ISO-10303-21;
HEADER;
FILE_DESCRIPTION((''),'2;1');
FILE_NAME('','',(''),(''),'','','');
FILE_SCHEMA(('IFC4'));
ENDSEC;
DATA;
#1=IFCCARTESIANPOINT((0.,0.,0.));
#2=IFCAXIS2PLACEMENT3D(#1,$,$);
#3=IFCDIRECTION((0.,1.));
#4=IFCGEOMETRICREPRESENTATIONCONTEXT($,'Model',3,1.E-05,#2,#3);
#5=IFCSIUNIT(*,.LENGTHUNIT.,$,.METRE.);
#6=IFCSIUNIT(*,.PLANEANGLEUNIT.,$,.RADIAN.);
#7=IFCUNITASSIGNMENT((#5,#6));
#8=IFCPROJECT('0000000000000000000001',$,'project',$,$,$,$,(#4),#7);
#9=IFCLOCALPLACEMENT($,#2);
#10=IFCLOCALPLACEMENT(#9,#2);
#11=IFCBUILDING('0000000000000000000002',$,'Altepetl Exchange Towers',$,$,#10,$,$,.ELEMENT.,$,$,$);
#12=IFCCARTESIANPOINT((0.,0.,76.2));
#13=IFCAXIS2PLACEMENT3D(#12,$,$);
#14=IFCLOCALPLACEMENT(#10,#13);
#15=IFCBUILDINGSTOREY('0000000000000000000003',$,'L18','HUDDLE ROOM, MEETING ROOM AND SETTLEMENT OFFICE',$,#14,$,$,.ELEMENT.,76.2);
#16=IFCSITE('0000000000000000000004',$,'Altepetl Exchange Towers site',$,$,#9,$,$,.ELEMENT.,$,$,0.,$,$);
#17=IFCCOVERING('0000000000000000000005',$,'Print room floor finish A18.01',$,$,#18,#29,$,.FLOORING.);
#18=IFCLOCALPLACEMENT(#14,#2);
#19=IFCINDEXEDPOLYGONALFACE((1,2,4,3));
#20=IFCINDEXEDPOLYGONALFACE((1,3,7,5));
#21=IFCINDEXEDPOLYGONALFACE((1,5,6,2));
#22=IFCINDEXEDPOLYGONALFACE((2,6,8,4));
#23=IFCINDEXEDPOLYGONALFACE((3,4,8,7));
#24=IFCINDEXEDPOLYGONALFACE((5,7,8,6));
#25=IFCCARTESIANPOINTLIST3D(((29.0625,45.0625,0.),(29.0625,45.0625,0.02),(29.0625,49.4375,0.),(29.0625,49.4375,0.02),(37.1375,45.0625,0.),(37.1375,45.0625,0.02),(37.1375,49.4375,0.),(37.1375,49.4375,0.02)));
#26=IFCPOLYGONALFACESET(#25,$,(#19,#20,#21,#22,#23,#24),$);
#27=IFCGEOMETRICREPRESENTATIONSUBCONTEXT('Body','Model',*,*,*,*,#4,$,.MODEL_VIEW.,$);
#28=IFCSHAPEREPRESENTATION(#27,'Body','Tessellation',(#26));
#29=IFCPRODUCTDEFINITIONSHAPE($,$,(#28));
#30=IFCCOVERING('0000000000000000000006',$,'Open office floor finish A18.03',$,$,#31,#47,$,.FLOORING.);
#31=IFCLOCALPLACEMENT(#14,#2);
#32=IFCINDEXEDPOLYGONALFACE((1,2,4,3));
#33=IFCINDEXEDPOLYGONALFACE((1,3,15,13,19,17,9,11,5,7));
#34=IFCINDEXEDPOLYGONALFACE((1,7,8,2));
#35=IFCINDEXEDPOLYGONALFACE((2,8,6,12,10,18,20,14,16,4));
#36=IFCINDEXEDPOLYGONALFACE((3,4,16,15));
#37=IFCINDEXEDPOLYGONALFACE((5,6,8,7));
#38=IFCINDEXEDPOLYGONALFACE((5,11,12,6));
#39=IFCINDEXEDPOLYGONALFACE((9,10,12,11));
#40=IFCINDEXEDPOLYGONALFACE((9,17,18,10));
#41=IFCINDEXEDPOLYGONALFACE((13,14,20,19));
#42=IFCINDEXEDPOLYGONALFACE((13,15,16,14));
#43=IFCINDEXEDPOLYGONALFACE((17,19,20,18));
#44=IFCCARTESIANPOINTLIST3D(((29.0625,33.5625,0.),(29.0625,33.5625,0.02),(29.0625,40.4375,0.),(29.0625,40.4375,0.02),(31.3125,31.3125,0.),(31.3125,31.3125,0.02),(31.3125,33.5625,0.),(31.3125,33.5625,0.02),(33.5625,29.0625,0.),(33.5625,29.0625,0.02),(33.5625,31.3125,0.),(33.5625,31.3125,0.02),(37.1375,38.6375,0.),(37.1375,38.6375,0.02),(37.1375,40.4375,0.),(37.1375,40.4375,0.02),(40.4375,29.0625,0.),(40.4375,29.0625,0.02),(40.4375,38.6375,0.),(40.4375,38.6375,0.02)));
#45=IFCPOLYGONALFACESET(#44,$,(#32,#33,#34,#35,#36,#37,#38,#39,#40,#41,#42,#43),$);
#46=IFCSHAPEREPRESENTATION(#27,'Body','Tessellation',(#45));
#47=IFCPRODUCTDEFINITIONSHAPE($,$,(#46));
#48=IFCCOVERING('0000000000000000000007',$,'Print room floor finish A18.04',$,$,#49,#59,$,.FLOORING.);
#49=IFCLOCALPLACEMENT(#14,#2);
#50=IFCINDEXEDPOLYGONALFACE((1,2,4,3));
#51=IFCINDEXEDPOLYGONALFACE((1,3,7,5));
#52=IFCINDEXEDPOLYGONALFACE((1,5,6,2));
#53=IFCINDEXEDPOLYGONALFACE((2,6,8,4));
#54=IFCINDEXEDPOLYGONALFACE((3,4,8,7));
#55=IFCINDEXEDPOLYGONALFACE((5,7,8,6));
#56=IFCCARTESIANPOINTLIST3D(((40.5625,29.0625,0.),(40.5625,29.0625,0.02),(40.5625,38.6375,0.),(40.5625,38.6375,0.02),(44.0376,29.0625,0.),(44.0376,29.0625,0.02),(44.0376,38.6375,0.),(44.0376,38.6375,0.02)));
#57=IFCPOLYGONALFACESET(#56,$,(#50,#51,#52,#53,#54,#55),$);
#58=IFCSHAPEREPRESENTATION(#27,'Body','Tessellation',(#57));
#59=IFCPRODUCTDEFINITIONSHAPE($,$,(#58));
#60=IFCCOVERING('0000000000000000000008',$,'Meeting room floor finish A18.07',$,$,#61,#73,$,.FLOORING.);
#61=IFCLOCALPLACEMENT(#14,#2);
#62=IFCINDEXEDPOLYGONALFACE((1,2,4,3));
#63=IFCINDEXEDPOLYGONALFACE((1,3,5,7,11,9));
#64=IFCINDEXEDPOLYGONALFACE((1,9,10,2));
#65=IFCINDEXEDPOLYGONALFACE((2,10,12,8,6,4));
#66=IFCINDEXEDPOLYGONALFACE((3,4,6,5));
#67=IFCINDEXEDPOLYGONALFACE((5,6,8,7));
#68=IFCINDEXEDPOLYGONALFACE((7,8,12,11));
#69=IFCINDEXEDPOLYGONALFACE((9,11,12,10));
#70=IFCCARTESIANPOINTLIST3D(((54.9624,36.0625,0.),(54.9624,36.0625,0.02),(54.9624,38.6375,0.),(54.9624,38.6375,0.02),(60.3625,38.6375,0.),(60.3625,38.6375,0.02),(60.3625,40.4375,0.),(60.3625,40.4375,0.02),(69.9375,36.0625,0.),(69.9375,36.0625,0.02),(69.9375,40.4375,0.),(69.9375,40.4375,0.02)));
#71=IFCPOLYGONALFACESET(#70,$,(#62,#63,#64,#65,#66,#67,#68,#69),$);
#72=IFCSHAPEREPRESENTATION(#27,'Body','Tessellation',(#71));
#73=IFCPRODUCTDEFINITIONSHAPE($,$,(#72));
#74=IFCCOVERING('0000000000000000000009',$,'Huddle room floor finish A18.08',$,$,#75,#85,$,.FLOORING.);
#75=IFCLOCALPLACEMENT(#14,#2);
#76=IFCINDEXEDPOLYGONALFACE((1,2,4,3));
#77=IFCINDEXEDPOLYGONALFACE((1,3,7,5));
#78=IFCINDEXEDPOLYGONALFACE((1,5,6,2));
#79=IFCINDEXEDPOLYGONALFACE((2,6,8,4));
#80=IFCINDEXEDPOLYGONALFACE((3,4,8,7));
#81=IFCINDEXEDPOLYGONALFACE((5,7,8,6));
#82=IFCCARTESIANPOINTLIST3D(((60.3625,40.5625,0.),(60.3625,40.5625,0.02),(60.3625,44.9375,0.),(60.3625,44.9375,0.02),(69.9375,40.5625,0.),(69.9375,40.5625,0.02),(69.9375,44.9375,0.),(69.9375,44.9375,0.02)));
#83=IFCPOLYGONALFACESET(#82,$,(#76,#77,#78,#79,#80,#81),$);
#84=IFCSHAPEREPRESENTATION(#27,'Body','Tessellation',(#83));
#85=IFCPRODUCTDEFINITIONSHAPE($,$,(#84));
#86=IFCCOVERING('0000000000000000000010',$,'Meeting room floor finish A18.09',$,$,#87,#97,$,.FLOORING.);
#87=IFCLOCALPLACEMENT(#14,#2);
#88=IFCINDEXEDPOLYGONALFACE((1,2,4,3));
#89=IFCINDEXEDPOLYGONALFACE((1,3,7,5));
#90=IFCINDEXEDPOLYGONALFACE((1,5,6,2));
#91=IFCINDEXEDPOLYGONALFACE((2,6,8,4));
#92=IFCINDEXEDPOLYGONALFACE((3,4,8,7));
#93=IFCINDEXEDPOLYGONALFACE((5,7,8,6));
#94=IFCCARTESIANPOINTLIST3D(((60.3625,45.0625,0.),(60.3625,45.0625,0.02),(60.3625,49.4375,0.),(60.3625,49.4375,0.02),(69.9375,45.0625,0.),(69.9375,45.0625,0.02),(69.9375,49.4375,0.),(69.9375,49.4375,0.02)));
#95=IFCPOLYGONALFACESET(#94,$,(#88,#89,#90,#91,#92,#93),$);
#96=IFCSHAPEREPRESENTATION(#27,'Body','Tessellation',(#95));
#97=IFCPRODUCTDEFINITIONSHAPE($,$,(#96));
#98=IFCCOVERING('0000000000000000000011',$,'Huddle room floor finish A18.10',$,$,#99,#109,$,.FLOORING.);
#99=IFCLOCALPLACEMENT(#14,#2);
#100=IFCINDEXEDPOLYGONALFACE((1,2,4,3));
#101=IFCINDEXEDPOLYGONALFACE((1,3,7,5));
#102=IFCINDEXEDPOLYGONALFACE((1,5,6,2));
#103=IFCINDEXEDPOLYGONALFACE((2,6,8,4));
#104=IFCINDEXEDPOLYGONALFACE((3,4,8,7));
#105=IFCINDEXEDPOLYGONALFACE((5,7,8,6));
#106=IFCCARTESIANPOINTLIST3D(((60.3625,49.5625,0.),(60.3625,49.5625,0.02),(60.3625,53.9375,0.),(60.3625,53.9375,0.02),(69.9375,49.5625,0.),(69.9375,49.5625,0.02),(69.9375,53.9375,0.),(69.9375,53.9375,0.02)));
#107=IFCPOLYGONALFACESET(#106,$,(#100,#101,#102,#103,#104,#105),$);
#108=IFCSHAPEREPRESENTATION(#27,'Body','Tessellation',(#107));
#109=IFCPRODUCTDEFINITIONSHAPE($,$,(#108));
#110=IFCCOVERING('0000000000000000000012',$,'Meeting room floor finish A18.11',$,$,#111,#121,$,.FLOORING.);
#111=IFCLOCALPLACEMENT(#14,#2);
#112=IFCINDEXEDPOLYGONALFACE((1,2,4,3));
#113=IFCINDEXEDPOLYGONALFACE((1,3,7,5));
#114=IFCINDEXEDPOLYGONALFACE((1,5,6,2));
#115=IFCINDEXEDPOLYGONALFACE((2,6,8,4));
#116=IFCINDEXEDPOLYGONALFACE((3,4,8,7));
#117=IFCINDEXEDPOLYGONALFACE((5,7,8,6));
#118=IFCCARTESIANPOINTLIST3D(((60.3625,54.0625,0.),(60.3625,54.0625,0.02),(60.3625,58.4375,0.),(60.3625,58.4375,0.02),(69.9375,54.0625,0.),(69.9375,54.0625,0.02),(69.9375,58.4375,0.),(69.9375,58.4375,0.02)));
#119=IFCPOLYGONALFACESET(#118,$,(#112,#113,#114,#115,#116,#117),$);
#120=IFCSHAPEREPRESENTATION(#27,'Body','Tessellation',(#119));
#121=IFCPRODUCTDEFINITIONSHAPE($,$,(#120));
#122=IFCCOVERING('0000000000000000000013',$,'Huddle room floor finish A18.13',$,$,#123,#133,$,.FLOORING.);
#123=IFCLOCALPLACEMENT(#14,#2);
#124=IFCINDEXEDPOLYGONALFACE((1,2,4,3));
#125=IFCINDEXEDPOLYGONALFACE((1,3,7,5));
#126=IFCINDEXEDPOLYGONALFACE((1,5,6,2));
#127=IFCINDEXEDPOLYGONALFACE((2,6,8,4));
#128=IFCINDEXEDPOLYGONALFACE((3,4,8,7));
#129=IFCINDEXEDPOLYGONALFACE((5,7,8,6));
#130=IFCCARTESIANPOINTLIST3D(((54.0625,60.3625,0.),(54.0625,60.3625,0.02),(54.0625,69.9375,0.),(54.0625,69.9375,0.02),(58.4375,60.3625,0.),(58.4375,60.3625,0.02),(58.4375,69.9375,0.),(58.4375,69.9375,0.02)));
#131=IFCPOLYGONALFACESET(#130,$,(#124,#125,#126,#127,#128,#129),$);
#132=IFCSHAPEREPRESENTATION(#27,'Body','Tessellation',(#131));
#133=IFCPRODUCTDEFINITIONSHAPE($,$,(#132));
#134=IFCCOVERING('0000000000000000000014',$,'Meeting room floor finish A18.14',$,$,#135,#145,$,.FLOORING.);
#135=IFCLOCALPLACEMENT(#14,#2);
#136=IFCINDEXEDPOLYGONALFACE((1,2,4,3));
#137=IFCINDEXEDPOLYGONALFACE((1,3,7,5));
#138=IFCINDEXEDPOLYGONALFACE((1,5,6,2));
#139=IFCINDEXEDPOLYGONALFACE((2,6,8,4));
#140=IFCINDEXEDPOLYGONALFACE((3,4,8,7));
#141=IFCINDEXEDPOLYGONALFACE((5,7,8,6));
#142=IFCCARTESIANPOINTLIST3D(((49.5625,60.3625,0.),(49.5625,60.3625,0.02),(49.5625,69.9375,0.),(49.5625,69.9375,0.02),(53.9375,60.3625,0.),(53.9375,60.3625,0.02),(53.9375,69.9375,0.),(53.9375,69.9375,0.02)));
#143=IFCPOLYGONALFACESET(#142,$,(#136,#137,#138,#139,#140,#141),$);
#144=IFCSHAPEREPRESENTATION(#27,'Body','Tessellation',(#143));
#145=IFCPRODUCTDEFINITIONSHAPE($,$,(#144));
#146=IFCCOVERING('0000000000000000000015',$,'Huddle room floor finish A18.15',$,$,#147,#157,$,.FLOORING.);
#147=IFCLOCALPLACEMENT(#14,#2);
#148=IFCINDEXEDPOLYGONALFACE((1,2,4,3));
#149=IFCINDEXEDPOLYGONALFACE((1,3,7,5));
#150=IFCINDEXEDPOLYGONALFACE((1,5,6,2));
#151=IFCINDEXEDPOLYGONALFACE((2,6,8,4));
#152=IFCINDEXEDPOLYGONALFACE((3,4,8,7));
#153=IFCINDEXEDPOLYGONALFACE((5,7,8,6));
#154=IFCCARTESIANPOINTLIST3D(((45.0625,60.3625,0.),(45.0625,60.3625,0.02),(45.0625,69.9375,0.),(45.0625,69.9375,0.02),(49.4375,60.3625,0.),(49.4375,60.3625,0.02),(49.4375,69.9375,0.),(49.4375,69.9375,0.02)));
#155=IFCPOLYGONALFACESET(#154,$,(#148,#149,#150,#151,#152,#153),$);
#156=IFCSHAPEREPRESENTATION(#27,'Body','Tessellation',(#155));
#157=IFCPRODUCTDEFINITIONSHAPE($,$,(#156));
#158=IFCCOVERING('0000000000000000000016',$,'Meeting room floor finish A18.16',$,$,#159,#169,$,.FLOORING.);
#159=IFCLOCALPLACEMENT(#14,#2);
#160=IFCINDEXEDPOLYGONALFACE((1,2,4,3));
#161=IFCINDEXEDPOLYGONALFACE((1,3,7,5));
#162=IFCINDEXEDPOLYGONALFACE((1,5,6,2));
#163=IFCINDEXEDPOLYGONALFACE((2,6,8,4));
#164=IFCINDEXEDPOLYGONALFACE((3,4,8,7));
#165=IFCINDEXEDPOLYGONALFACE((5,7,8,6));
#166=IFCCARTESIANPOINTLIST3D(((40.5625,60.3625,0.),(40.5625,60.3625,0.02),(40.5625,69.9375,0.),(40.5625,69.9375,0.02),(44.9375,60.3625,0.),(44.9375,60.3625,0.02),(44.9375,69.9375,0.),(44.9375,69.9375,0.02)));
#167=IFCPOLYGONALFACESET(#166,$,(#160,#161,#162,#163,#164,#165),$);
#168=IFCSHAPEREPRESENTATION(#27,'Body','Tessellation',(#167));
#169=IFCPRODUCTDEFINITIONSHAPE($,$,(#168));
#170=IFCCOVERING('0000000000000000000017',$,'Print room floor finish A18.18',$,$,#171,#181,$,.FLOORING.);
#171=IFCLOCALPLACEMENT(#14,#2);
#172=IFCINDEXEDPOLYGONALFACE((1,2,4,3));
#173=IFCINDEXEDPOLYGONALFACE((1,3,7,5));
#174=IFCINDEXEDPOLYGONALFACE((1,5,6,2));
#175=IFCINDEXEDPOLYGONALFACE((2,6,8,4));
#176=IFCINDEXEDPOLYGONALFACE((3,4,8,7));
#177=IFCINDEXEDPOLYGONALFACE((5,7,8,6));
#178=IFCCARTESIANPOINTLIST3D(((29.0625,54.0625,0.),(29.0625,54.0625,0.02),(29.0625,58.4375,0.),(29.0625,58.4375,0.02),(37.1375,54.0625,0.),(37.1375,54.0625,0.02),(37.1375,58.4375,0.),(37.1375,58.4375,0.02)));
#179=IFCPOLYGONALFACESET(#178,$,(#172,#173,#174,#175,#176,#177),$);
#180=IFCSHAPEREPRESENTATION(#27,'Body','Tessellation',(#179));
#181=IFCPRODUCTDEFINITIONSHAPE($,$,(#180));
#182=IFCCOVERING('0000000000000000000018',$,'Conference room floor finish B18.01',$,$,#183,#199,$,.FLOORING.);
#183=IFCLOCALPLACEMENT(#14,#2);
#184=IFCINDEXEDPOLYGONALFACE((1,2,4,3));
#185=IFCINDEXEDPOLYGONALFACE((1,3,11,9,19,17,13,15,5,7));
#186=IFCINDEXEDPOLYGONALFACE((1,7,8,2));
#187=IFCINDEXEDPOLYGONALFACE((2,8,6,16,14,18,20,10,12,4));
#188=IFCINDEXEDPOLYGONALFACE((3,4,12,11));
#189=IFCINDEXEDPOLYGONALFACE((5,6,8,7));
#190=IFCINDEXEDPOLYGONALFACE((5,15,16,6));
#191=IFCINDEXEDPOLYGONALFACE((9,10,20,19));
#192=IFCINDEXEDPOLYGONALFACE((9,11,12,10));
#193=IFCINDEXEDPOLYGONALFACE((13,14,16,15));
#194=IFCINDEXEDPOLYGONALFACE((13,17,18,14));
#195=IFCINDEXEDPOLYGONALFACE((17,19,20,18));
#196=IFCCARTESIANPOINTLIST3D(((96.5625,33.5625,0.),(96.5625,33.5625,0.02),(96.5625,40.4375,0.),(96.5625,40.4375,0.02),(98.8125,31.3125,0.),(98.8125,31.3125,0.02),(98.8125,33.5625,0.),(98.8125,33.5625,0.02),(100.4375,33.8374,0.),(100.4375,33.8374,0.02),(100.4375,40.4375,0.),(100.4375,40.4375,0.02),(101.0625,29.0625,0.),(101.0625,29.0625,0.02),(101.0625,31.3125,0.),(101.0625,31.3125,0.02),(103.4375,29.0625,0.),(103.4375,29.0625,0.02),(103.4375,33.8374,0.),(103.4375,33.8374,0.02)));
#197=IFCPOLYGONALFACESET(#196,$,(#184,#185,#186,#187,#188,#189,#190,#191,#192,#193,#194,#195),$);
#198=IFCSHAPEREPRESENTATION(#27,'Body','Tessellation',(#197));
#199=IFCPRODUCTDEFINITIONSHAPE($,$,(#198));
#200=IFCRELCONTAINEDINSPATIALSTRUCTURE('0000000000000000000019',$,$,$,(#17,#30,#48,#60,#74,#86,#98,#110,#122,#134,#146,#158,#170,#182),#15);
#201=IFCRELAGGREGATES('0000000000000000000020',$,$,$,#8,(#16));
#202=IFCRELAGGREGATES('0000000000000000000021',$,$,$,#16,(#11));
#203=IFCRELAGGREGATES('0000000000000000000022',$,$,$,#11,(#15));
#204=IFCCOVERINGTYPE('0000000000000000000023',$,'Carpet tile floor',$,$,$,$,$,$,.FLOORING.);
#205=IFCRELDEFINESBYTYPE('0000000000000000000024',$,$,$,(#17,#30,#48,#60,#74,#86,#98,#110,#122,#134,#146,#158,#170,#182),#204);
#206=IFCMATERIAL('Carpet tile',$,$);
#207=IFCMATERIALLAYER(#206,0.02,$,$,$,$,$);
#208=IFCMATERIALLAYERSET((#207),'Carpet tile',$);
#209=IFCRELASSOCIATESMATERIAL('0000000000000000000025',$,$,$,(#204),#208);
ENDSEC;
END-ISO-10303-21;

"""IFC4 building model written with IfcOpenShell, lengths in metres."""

from ifc_helpers import new_model, si_unit, direction, frame, origin, place, context, subcontext, project, spatial, polyline, outline, extrude, material, layer, layer_set, type_object, element, save


model = new_model("IFC4")

# Units and contexts
model_context = context("Model", 3, precision=1e-05, world=origin(), true_north=direction((0.0, 1.0)))
body_context = subcontext(model_context, "Body", "Model", "MODEL_VIEW")
ifc_project = project(units=[si_unit("LENGTHUNIT", "METRE"), si_unit("PLANEANGLEUNIT", "RADIAN")], contexts=[model_context])

# Site, building, storey
site_placement = place(None, origin())
site = spatial("IfcSite", under=ifc_project, at=site_placement, Name="Altepetl Exchange Towers site", CompositionType="ELEMENT", RefElevation=0.0)
building_placement = place(site_placement, origin())
building = spatial("IfcBuilding", under=site, at=building_placement, Name="Altepetl Exchange Towers", CompositionType="ELEMENT")
storey_placement = place(building_placement, frame((0.0, 0.0, 76.2)))
storey = spatial("IfcBuildingStorey", under=building, at=storey_placement, Name="L18", Description="HUDDLE ROOM, MEETING ROOM AND SETTLEMENT OFFICE", CompositionType="ELEMENT", Elevation=76.2)

# Coverings
ifc_material_1 = material(Name="Carpet tile")
ifc_layer_1 = layer(ifc_material_1, 0.02)
ifc_layer_set_1 = layer_set([ifc_layer_1], Name="Carpet tile")
covering_type_1 = type_object("IfcCoveringType", Name="Carpet tile floor", PredefinedType="FLOORING", material=ifc_layer_set_1)
covering_1_placement = place(storey_placement, origin())
element("IfcCovering", 1, at=covering_1_placement, inside=storey, type_object=covering_type_1, Name="Print room floor finish A18.01", PredefinedType="FLOORING", context=body_context, shape_type="SweptSolid", body=[
    extrude(outline(polyline([(37.1375, 49.4375), (29.0625, 49.4375), (29.0625, 45.0625), (37.1375, 45.0625), (37.1375, 49.4375)])), origin(), (0.0, 0.0, 1.0), 0.02),
])
covering_2_placement = place(storey_placement, origin())
element("IfcCovering", 2, at=covering_2_placement, inside=storey, type_object=covering_type_1, Name="Open office floor finish A18.03", PredefinedType="FLOORING", context=body_context, shape_type="SweptSolid", body=[
    extrude(outline(polyline([(37.1375, 40.4375), (29.0625, 40.4375), (29.0625, 33.5625), (31.3125, 33.5625), (31.3125, 31.3125), (33.5625, 31.3125), (33.5625, 29.0625), (40.4375, 29.0625), (40.4375, 38.6375), (37.1375, 38.6375), (37.1375, 40.4375)])), origin(), (0.0, 0.0, 1.0), 0.02),
])
covering_3_placement = place(storey_placement, origin())
element("IfcCovering", 3, at=covering_3_placement, inside=storey, type_object=covering_type_1, Name="Print room floor finish A18.04", PredefinedType="FLOORING", context=body_context, shape_type="SweptSolid", body=[
    extrude(outline(polyline([(40.5625, 38.6375), (40.5625, 29.0625), (44.0376, 29.0625), (44.0376, 38.6375), (40.5625, 38.6375)])), origin(), (0.0, 0.0, 1.0), 0.02),
])
covering_4_placement = place(storey_placement, origin())
element("IfcCovering", 4, at=covering_4_placement, inside=storey, type_object=covering_type_1, Name="Meeting room floor finish A18.07", PredefinedType="FLOORING", context=body_context, shape_type="SweptSolid", body=[
    extrude(outline(polyline([(69.9375, 40.4375), (60.3625, 40.4375), (60.3625, 38.6375), (54.9624, 38.6375), (54.9624, 36.0625), (69.9375, 36.0625), (69.9375, 40.4375)])), origin(), (0.0, 0.0, 1.0), 0.02),
])
covering_5_placement = place(storey_placement, origin())
element("IfcCovering", 5, at=covering_5_placement, inside=storey, type_object=covering_type_1, Name="Huddle room floor finish A18.08", PredefinedType="FLOORING", context=body_context, shape_type="SweptSolid", body=[
    extrude(outline(polyline([(69.9375, 44.9375), (60.3625, 44.9375), (60.3625, 40.5625), (69.9375, 40.5625), (69.9375, 44.9375)])), origin(), (0.0, 0.0, 1.0), 0.02),
])
covering_6_placement = place(storey_placement, origin())
element("IfcCovering", 6, at=covering_6_placement, inside=storey, type_object=covering_type_1, Name="Meeting room floor finish A18.09", PredefinedType="FLOORING", context=body_context, shape_type="SweptSolid", body=[
    extrude(outline(polyline([(69.9375, 49.4375), (60.3625, 49.4375), (60.3625, 45.0625), (69.9375, 45.0625), (69.9375, 49.4375)])), origin(), (0.0, 0.0, 1.0), 0.02),
])
covering_7_placement = place(storey_placement, origin())
element("IfcCovering", 7, at=covering_7_placement, inside=storey, type_object=covering_type_1, Name="Huddle room floor finish A18.10", PredefinedType="FLOORING", context=body_context, shape_type="SweptSolid", body=[
    extrude(outline(polyline([(69.9375, 53.9375), (60.3625, 53.9375), (60.3625, 49.5625), (69.9375, 49.5625), (69.9375, 53.9375)])), origin(), (0.0, 0.0, 1.0), 0.02),
])
covering_8_placement = place(storey_placement, origin())
element("IfcCovering", 8, at=covering_8_placement, inside=storey, type_object=covering_type_1, Name="Meeting room floor finish A18.11", PredefinedType="FLOORING", context=body_context, shape_type="SweptSolid", body=[
    extrude(outline(polyline([(69.9375, 58.4375), (60.3625, 58.4375), (60.3625, 54.0625), (69.9375, 54.0625), (69.9375, 58.4375)])), origin(), (0.0, 0.0, 1.0), 0.02),
])
covering_9_placement = place(storey_placement, origin())
element("IfcCovering", 9, at=covering_9_placement, inside=storey, type_object=covering_type_1, Name="Huddle room floor finish A18.13", PredefinedType="FLOORING", context=body_context, shape_type="SweptSolid", body=[
    extrude(outline(polyline([(54.0625, 69.9375), (54.0625, 60.3625), (58.4375, 60.3625), (58.4375, 69.9375), (54.0625, 69.9375)])), origin(), (0.0, 0.0, 1.0), 0.02),
])
covering_10_placement = place(storey_placement, origin())
element("IfcCovering", 10, at=covering_10_placement, inside=storey, type_object=covering_type_1, Name="Meeting room floor finish A18.14", PredefinedType="FLOORING", context=body_context, shape_type="SweptSolid", body=[
    extrude(outline(polyline([(49.5625, 69.9375), (49.5625, 60.3625), (53.9375, 60.3625), (53.9375, 69.9375), (49.5625, 69.9375)])), origin(), (0.0, 0.0, 1.0), 0.02),
])
covering_11_placement = place(storey_placement, origin())
element("IfcCovering", 11, at=covering_11_placement, inside=storey, type_object=covering_type_1, Name="Huddle room floor finish A18.15", PredefinedType="FLOORING", context=body_context, shape_type="SweptSolid", body=[
    extrude(outline(polyline([(45.0625, 69.9375), (45.0625, 60.3625), (49.4375, 60.3625), (49.4375, 69.9375), (45.0625, 69.9375)])), origin(), (0.0, 0.0, 1.0), 0.02),
])
covering_12_placement = place(storey_placement, origin())
element("IfcCovering", 12, at=covering_12_placement, inside=storey, type_object=covering_type_1, Name="Meeting room floor finish A18.16", PredefinedType="FLOORING", context=body_context, shape_type="SweptSolid", body=[
    extrude(outline(polyline([(40.5625, 69.9375), (40.5625, 60.3625), (44.9375, 60.3625), (44.9375, 69.9375), (40.5625, 69.9375)])), origin(), (0.0, 0.0, 1.0), 0.02),
])
covering_13_placement = place(storey_placement, origin())
element("IfcCovering", 13, at=covering_13_placement, inside=storey, type_object=covering_type_1, Name="Print room floor finish A18.18", PredefinedType="FLOORING", context=body_context, shape_type="SweptSolid", body=[
    extrude(outline(polyline([(37.1375, 58.4375), (29.0625, 58.4375), (29.0625, 54.0625), (37.1375, 54.0625), (37.1375, 58.4375)])), origin(), (0.0, 0.0, 1.0), 0.02),
])
covering_14_placement = place(storey_placement, origin())
element("IfcCovering", 14, at=covering_14_placement, inside=storey, type_object=covering_type_1, Name="Conference room floor finish B18.01", PredefinedType="FLOORING", context=body_context, shape_type="SweptSolid", body=[
    extrude(outline(polyline([(103.4375, 29.0625), (103.4375, 33.8374), (100.4375, 33.8374), (100.4375, 40.4375), (96.5625, 40.4375), (96.5625, 33.5625), (98.8125, 33.5625), (98.8125, 31.3125), (101.0625, 31.3125), (101.0625, 29.0625), (103.4375, 29.0625)])), origin(), (0.0, 0.0, 1.0), 0.02),
])

save(model, "model.ifc")
